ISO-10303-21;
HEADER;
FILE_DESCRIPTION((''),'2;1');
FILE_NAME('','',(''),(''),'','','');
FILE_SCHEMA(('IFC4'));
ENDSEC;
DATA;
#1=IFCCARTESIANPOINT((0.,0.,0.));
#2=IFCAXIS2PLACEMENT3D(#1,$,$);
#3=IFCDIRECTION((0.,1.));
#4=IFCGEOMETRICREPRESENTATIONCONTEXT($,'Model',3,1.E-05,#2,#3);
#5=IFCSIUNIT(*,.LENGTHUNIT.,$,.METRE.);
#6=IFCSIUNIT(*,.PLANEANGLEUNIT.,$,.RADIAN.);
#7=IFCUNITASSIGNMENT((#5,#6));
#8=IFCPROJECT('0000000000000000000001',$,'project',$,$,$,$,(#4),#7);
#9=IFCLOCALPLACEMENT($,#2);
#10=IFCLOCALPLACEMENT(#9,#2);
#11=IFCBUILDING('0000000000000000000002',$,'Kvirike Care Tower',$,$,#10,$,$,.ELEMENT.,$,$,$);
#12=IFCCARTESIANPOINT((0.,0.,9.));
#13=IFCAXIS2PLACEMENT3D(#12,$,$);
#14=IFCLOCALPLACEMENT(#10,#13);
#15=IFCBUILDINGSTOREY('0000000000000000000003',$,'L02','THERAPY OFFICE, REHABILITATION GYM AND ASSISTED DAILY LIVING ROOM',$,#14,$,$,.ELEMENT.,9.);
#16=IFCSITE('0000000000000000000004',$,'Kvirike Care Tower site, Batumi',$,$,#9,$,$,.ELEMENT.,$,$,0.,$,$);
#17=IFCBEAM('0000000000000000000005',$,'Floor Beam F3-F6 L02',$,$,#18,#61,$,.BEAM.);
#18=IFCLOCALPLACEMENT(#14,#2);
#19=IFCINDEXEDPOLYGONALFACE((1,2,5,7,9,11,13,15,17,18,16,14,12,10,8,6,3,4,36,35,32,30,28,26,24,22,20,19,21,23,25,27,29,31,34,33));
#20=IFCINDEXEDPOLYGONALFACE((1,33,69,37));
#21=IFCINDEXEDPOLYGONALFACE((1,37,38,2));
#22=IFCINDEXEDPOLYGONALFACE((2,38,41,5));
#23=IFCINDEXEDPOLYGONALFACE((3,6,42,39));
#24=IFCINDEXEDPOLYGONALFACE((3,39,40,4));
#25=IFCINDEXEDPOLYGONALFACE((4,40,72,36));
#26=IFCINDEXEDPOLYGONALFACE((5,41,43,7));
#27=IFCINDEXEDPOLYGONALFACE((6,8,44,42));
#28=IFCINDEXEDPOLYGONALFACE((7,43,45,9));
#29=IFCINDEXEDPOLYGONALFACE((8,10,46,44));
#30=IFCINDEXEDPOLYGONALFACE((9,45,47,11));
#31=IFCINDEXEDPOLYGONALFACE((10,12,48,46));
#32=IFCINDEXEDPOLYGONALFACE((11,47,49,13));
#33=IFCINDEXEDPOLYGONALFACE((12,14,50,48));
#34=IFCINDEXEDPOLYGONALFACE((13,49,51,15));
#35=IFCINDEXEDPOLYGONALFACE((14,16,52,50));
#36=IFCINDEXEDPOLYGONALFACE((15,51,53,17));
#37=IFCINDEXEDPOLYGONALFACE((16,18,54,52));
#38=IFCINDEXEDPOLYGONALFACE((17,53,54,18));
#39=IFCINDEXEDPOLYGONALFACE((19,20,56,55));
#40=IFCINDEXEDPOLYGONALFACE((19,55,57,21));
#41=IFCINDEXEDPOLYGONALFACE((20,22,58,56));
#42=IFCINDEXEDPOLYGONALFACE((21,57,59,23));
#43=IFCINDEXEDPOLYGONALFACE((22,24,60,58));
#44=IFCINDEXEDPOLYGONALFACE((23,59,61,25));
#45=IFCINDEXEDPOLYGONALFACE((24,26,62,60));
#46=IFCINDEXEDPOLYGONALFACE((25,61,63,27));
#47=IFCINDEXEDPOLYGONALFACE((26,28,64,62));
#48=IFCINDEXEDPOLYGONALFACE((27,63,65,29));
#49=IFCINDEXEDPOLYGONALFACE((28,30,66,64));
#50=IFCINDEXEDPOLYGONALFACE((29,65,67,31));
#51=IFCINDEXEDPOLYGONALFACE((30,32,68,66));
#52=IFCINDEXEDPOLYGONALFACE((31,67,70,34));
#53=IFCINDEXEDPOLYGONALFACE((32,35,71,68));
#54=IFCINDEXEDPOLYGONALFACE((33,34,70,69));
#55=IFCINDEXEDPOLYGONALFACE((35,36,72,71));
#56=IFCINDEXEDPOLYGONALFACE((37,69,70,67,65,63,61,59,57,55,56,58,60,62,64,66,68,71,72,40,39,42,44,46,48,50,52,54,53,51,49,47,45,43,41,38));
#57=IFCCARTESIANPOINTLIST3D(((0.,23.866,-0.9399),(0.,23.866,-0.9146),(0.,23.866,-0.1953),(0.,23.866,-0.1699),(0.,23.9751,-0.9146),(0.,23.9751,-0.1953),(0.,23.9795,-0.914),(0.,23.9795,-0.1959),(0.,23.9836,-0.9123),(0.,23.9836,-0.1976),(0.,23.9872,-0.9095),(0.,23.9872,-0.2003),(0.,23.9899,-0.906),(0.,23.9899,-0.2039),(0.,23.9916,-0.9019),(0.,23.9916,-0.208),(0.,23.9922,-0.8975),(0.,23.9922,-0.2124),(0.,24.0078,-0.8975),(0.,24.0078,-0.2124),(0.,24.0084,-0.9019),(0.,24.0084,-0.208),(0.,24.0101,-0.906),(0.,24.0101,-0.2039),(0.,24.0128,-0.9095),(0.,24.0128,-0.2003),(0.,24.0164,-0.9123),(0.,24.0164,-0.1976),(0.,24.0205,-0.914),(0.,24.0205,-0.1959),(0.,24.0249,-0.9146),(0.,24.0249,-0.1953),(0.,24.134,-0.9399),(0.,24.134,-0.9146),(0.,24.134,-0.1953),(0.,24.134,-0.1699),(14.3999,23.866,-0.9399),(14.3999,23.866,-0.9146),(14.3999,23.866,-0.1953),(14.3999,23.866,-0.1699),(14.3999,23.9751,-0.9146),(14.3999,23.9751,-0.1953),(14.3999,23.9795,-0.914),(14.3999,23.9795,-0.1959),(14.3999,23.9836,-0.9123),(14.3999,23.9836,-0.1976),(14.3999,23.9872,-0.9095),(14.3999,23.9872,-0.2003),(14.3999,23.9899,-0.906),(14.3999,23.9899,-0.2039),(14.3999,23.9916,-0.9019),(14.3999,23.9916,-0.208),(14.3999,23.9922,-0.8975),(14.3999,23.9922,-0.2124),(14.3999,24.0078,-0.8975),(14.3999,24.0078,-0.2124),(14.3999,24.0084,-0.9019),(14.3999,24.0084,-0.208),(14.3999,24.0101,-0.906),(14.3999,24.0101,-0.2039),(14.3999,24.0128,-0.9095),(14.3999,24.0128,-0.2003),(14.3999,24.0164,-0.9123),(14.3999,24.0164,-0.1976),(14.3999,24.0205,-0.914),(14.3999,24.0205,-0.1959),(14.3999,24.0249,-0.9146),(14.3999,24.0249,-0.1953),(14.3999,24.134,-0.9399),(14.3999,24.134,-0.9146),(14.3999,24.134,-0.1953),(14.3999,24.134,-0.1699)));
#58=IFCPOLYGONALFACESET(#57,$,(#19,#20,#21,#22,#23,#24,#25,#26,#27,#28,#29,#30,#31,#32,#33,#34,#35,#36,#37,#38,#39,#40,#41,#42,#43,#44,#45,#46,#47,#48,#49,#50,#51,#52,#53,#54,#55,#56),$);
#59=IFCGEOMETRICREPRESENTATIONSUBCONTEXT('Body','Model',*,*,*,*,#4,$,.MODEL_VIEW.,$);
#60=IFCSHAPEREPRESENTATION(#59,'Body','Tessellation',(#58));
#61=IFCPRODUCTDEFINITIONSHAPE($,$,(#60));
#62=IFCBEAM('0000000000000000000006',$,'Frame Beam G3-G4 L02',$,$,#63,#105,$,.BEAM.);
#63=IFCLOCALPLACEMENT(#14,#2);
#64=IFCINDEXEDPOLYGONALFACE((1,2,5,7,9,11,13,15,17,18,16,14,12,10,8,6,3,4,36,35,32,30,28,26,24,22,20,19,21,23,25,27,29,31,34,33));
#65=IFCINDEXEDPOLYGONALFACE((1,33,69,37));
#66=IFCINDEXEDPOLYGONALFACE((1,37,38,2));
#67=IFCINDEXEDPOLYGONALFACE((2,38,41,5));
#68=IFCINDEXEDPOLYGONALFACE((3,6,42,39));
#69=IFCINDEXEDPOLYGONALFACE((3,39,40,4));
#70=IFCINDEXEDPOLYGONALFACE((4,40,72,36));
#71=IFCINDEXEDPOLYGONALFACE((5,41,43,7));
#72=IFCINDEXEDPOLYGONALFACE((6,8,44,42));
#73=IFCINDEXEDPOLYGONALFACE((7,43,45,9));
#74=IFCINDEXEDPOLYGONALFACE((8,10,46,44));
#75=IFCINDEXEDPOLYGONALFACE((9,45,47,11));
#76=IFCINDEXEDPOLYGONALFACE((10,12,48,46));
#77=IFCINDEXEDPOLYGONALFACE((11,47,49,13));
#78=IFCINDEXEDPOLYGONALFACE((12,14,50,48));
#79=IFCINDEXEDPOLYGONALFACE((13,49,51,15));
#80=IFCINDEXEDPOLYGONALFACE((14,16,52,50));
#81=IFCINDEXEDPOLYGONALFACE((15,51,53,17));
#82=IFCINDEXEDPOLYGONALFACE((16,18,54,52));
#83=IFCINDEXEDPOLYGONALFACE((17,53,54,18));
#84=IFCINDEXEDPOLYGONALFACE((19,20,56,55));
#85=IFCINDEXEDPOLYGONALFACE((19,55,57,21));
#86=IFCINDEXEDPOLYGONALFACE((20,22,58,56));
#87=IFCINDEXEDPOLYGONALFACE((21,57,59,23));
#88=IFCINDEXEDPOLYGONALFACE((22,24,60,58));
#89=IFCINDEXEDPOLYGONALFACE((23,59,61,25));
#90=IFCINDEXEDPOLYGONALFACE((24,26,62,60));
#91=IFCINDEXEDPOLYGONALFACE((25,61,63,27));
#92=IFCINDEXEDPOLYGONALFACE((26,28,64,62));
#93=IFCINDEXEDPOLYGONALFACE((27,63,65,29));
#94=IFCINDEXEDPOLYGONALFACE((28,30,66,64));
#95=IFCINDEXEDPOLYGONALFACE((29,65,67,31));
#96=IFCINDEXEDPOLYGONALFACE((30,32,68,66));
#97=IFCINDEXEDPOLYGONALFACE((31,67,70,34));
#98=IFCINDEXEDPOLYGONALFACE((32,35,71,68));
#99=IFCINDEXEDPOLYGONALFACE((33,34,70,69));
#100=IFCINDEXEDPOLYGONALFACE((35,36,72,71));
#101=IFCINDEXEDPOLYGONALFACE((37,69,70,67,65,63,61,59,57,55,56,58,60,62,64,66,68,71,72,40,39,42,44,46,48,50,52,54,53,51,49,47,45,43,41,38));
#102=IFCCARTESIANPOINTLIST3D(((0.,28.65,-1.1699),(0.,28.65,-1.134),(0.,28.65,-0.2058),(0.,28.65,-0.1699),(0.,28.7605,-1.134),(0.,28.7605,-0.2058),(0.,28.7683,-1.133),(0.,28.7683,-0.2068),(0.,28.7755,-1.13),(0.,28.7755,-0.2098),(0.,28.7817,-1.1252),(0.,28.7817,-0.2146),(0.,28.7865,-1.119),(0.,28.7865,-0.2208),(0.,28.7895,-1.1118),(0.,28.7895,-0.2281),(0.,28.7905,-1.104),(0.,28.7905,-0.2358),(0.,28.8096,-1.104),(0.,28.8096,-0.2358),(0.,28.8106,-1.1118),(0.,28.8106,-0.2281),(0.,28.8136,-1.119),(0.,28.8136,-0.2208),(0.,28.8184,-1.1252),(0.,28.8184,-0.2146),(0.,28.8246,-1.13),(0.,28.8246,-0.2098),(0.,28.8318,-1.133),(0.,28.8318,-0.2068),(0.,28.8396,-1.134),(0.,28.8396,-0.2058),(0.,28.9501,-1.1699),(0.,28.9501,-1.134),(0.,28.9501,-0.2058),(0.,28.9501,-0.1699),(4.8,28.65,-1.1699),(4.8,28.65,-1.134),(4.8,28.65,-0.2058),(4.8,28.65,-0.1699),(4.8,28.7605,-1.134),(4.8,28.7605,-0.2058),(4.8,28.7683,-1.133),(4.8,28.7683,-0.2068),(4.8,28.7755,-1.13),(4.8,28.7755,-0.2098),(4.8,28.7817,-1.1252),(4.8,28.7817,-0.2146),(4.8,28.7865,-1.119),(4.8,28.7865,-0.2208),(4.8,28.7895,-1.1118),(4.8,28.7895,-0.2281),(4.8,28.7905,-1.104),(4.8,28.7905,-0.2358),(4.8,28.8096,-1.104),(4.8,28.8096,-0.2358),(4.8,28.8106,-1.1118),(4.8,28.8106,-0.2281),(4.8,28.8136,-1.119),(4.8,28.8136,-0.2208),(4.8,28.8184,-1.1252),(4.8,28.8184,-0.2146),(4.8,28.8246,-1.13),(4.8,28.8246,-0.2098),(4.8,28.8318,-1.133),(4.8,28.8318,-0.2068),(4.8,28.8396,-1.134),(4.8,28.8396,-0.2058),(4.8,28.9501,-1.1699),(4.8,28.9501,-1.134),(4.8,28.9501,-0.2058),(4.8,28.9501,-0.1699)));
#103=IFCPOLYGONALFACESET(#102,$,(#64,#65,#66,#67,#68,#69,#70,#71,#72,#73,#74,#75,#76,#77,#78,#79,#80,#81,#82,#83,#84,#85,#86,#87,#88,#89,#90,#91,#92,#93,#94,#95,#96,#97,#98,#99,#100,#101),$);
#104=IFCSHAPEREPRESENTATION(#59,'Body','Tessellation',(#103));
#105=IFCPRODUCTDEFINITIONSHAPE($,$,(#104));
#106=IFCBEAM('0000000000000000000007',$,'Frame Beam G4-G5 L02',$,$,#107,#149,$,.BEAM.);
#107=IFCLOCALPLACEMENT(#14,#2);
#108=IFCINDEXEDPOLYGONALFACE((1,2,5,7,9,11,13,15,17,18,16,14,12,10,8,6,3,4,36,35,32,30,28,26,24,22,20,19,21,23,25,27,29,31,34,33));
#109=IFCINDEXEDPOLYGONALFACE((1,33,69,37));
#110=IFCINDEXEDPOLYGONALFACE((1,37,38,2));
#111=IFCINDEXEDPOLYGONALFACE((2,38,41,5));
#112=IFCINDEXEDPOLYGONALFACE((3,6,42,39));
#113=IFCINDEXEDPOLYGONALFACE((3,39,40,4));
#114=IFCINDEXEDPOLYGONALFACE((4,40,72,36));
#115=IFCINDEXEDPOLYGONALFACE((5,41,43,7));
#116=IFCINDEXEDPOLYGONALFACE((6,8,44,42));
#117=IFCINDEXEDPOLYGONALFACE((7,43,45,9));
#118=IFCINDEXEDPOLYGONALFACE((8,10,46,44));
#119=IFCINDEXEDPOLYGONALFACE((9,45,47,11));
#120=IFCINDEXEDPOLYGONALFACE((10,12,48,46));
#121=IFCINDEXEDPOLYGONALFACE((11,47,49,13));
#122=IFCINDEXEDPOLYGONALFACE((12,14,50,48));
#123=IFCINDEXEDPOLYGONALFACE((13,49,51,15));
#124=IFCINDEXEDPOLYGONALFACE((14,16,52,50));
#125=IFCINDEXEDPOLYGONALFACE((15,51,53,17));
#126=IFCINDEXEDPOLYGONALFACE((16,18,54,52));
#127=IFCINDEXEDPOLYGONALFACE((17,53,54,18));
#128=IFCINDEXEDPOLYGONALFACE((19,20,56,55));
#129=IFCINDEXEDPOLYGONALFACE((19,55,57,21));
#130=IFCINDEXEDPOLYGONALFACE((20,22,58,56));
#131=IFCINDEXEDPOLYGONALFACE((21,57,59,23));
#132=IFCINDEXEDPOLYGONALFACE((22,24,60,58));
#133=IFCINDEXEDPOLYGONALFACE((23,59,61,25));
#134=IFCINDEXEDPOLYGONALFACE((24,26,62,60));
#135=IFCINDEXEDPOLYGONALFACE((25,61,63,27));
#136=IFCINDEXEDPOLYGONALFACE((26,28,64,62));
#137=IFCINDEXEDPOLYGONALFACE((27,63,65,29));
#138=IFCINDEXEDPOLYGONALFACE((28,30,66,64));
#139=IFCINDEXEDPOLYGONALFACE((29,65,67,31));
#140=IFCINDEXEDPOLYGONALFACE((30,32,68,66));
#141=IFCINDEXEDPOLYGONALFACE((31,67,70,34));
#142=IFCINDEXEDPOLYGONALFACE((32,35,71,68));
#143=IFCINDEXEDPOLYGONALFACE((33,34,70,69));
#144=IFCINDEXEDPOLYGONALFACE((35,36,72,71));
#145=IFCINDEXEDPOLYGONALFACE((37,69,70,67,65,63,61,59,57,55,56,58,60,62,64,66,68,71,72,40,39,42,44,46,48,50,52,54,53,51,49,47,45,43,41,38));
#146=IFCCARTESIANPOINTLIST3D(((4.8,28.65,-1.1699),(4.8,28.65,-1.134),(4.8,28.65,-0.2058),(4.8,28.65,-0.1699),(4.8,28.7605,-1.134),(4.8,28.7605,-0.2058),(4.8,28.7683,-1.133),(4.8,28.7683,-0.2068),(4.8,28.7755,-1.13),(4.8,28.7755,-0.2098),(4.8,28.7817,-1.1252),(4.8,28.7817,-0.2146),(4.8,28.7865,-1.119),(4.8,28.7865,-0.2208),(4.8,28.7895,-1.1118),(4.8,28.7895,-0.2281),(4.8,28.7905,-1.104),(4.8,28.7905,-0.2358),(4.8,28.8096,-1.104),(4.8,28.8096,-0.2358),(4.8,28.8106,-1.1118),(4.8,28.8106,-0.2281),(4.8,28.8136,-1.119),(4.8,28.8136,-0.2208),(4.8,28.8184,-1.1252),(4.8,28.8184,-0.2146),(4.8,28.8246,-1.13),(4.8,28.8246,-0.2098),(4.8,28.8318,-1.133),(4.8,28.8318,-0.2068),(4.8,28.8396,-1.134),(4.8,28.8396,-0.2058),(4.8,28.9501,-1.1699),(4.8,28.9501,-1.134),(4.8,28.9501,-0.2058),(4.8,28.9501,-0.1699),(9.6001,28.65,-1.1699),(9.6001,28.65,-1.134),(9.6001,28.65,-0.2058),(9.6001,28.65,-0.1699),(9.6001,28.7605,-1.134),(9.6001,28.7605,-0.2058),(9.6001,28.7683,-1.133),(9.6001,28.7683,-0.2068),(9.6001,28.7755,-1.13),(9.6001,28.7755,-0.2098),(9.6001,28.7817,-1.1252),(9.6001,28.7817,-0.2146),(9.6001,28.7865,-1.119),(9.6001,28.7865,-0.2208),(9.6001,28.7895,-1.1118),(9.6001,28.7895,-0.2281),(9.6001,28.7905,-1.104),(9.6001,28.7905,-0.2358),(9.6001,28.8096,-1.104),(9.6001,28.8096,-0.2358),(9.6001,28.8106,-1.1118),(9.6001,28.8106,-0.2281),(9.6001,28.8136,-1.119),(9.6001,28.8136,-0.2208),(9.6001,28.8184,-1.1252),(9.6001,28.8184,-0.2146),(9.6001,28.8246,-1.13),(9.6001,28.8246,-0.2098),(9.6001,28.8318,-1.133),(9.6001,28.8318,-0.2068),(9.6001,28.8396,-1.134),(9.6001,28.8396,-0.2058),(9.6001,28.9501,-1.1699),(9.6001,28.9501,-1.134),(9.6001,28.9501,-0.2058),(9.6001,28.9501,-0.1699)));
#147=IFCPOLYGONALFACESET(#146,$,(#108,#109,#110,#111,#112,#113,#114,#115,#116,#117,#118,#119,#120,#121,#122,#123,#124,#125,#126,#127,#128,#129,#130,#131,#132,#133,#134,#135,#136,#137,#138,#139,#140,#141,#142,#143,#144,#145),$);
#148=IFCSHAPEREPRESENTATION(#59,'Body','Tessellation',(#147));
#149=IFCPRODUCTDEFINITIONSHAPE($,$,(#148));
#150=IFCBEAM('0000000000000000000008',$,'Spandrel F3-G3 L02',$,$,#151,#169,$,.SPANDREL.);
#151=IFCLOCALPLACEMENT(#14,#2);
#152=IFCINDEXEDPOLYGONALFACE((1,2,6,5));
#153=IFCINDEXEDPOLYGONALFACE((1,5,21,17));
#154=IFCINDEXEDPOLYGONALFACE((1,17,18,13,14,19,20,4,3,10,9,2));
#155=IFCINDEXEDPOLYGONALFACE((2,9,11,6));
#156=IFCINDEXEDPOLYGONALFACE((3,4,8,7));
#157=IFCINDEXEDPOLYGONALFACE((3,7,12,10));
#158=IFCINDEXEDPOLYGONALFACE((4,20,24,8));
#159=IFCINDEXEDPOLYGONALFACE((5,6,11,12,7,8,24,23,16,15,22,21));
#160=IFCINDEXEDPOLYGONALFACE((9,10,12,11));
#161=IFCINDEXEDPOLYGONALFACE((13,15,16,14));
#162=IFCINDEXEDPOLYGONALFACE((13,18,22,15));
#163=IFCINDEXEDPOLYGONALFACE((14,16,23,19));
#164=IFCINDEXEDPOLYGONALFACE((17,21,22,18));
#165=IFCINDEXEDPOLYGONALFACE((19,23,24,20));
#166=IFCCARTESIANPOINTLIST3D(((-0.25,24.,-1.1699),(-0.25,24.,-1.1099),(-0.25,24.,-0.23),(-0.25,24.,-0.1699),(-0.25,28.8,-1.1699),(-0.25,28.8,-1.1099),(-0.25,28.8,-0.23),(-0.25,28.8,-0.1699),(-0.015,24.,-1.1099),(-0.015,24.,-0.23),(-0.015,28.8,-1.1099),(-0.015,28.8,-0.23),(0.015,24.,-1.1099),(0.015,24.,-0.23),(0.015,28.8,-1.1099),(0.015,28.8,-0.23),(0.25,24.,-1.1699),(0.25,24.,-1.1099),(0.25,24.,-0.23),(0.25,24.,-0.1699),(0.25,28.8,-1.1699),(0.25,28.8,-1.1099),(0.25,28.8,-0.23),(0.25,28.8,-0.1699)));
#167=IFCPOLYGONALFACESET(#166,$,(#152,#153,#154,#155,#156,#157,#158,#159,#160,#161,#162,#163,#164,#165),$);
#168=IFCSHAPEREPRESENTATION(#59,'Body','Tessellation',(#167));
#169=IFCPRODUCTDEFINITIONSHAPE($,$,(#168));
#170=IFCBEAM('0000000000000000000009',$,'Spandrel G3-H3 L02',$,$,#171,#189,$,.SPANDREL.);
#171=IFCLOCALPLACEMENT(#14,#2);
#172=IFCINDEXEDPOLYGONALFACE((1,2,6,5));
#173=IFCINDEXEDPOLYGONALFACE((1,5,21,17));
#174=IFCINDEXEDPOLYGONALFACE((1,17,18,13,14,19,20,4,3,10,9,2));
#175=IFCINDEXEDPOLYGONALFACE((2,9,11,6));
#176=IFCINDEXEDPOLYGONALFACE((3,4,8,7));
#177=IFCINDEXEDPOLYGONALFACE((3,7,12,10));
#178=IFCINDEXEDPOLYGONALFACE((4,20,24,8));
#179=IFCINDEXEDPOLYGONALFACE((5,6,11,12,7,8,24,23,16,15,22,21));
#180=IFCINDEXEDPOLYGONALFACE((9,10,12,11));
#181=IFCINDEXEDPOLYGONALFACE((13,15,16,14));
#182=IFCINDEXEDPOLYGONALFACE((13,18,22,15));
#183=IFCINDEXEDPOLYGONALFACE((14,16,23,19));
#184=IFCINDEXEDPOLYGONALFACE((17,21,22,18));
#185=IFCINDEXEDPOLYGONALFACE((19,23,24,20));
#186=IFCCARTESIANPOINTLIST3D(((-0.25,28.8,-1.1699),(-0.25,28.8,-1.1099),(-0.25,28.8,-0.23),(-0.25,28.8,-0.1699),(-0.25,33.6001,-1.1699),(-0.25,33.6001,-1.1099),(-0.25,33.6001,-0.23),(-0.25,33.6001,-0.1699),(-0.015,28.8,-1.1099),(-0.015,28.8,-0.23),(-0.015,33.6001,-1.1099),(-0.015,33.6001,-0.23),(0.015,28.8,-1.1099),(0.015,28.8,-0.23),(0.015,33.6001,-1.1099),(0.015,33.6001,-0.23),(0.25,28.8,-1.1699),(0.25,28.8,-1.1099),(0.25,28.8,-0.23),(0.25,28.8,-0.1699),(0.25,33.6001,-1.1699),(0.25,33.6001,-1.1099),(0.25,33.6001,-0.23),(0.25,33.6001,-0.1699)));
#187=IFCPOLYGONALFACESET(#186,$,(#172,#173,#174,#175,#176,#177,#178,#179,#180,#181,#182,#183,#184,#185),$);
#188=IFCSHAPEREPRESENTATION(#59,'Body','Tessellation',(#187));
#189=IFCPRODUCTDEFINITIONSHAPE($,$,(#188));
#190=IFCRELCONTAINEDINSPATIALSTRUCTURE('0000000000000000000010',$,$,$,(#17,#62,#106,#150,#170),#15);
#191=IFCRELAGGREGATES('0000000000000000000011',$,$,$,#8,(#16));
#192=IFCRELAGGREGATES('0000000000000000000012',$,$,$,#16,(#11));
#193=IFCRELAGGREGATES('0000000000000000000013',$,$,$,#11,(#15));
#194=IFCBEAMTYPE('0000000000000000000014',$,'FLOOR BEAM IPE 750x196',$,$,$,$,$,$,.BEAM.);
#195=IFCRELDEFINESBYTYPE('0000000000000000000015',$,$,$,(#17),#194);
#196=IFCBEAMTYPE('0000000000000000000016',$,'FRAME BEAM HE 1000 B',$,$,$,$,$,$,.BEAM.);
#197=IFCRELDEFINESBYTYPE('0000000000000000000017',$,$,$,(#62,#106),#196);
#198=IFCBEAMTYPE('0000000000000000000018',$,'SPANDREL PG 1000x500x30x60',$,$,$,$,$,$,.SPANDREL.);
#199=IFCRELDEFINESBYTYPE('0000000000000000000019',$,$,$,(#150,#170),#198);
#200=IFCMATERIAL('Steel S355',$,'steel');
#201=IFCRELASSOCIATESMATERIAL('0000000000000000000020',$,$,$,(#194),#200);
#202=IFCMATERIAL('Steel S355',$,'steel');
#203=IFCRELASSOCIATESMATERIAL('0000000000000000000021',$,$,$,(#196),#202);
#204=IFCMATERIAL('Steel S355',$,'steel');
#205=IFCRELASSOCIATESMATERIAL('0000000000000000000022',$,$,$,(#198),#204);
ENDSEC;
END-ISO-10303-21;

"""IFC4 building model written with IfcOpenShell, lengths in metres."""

from ifc_helpers import new_model, si_unit, direction, frame, origin, origin_2d, place, context, subcontext, project, spatial, i_section, extrude, material, material_profile, profile_set, type_object, element, save


model = new_model("IFC4")

# Units and contexts
model_context = context("Model", 3, precision=1e-05, world=origin(), true_north=direction((0.0, 1.0)))
body_context = subcontext(model_context, "Body", "Model", "MODEL_VIEW")
ifc_project = project(units=[si_unit("LENGTHUNIT", "METRE"), si_unit("PLANEANGLEUNIT", "RADIAN")], contexts=[model_context])

# Site, building, storey
site_placement = place(None, origin())
site = spatial("IfcSite", under=ifc_project, at=site_placement, Name="Kvirike Care Tower site, Batumi", CompositionType="ELEMENT", RefElevation=0.0)
building_placement = place(site_placement, origin())
building = spatial("IfcBuilding", under=site, at=building_placement, Name="Kvirike Care Tower", CompositionType="ELEMENT")
storey_placement = place(building_placement, frame((0.0, 0.0, 9.0)))
storey = spatial("IfcBuildingStorey", under=building, at=storey_placement, Name="L02", Description="THERAPY OFFICE, REHABILITATION GYM AND ASSISTED DAILY LIVING ROOM", CompositionType="ELEMENT", Elevation=9.0)

# Beams
ifc_material_1 = material(Name="Steel S355", Category="steel")
ifc_material_profile_1 = material_profile(ifc_material_1, i_section(OverallWidth=0.2681, OverallDepth=0.77, WebThickness=0.0156, FlangeThickness=0.0254, FilletRadius=0.0171, at=origin_2d()), Name="IPE 750x196")
ifc_profile_set_1 = profile_set([ifc_material_profile_1], Name="Steel S355")
beam_type_1 = type_object("IfcBeamType", Name="FLOOR BEAM IPE 750x196", PredefinedType="BEAM", material=ifc_profile_set_1)
beam_placement = place(storey_placement, frame((0.0, 24.0, -0.5549), z_axis=(1.0, 0.0, 0.0), x_axis=(0.0, 1.0, 0.0)))
element("IfcBeam", 1, at=beam_placement, inside=storey, type_object=beam_type_1, Name="Floor Beam F3-F6 L02", PredefinedType="BEAM", context=body_context, shape_type="SweptSolid", body=[
    extrude(i_section(OverallWidth=0.2681, OverallDepth=0.77, WebThickness=0.0156, FlangeThickness=0.0254, FilletRadius=0.0171, at=origin_2d()), origin(), (0.0, 0.0, 1.0), 14.3999),
])
ifc_material_2 = material(Name="Steel S355", Category="steel")
ifc_material_profile_2 = material_profile(ifc_material_2, i_section(OverallWidth=0.3, OverallDepth=1.0, WebThickness=0.019, FlangeThickness=0.0359, FilletRadius=0.03, at=origin_2d()), Name="HE 1000 B")
ifc_profile_set_2 = profile_set([ifc_material_profile_2], Name="Steel S355")
beam_type_2 = type_object("IfcBeamType", Name="FRAME BEAM HE 1000 B", PredefinedType="BEAM", material=ifc_profile_set_2)
for number, where, z_axis, x_axis, name in (
    (2, (0.0, 28.8, -0.6699), (1.0, 0.0, 0.0), (0.0, 1.0, 0.0), "Frame Beam G3-G4 L02"),
    (3, (4.8, 28.8, -0.6699), (1.0, 0.0, 0.0), (0.0, 1.0, 0.0), "Frame Beam G4-G5 L02"),
):
    element("IfcBeam", number, at=place(storey_placement, frame(where, z_axis=z_axis, x_axis=x_axis)), inside=storey, type_object=beam_type_2, Name=name, PredefinedType="BEAM", context=body_context, shape_type="SweptSolid", body=[
        extrude(i_section(OverallWidth=0.3, OverallDepth=1.0, WebThickness=0.019, FlangeThickness=0.0359, FilletRadius=0.03, at=origin_2d()), origin(), (0.0, 0.0, 1.0), 4.8),
    ])
ifc_material_3 = material(Name="Steel S355", Category="steel")
ifc_material_profile_3 = material_profile(ifc_material_3, i_section(OverallWidth=0.5, OverallDepth=1.0, WebThickness=0.03, FlangeThickness=0.0601, at=origin_2d()), Name="PG 1000x500x30x60")
ifc_profile_set_3 = profile_set([ifc_material_profile_3], Name="Steel S355")
beam_type_3 = type_object("IfcBeamType", Name="SPANDREL PG 1000x500x30x60", PredefinedType="SPANDREL", material=ifc_profile_set_3)
for number, where, z_axis, x_axis, name in (
    (4, (0.0, 24.0, -0.6699), (0.0, 1.0, 0.0), (-1.0, 0.0, 0.0), "Spandrel F3-G3 L02"),
    (5, (0.0, 28.8, -0.6699), (0.0, 1.0, 0.0), (-1.0, 0.0, 0.0), "Spandrel G3-H3 L02"),
):
    element("IfcBeam", number, at=place(storey_placement, frame(where, z_axis=z_axis, x_axis=x_axis)), inside=storey, type_object=beam_type_3, Name=name, PredefinedType="SPANDREL", context=body_context, shape_type="SweptSolid", body=[
        extrude(i_section(OverallWidth=0.5, OverallDepth=1.0, WebThickness=0.03, FlangeThickness=0.0601, at=origin_2d()), origin(), (0.0, 0.0, 1.0), 4.8),
    ])

save(model, "model.ifc")
